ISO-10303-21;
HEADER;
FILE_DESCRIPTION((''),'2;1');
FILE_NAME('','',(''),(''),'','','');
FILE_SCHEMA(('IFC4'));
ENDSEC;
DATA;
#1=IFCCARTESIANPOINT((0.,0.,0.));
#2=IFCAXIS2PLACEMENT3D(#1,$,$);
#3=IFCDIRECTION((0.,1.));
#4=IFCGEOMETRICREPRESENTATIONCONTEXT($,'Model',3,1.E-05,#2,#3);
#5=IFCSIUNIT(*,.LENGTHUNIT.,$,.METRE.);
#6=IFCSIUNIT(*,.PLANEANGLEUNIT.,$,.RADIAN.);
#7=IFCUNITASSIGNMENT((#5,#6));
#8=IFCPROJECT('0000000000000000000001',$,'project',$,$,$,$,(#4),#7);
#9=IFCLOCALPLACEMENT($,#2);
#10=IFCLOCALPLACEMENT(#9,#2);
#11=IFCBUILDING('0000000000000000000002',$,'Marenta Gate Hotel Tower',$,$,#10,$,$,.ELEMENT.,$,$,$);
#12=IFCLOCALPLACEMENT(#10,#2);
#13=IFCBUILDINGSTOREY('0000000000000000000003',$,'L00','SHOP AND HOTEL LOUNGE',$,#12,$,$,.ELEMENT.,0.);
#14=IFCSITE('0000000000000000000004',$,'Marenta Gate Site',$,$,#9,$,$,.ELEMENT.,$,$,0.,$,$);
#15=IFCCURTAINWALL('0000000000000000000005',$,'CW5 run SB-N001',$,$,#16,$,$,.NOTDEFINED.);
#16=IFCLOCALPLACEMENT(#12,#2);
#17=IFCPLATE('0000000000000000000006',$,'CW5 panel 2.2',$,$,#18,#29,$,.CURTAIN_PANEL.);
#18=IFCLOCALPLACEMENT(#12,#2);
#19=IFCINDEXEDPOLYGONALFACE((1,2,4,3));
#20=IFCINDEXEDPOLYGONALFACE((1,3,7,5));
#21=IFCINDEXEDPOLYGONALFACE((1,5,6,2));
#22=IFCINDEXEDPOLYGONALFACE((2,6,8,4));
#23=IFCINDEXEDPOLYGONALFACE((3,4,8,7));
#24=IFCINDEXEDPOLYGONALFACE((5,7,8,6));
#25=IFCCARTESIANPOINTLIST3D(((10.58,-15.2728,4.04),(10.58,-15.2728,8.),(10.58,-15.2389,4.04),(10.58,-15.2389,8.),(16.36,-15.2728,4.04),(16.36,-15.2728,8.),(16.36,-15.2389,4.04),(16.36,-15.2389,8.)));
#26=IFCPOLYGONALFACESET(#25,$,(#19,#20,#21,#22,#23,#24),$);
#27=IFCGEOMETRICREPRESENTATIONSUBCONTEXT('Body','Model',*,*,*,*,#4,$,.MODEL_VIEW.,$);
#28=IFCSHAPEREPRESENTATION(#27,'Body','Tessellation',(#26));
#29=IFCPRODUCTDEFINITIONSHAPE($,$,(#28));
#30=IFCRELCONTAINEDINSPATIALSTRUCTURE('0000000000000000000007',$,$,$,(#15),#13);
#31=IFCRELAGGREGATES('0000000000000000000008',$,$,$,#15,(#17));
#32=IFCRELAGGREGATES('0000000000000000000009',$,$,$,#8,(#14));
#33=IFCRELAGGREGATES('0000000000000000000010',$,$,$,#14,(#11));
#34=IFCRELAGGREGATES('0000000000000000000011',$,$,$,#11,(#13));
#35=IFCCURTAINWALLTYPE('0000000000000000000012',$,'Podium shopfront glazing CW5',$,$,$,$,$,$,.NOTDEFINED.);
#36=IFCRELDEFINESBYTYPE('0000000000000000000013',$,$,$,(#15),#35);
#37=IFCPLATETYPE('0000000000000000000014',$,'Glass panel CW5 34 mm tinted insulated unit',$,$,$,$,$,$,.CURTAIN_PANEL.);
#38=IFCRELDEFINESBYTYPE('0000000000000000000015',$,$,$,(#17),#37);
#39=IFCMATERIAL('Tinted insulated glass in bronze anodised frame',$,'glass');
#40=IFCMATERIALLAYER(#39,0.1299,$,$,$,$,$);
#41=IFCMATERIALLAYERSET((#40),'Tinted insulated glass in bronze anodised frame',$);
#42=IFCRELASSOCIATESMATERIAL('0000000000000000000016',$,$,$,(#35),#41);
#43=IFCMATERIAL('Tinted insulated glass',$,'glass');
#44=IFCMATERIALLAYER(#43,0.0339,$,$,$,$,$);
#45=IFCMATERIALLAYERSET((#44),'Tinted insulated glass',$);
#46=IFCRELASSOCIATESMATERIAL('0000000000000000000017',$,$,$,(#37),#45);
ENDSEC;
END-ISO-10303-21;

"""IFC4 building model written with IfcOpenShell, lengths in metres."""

from ifc_helpers import new_model, si_unit, direction, frame, origin, origin_2d, place, context, subcontext, project, spatial, rectangle, extrude, material, layer, layer_set, type_object, element, aggregate, save


model = new_model("IFC4")

# Units and contexts
model_context = context("Model", 3, precision=1e-05, world=origin(), true_north=direction((0.0, 1.0)))
body_context = subcontext(model_context, "Body", "Model", "MODEL_VIEW")
ifc_project = project(units=[si_unit("LENGTHUNIT", "METRE"), si_unit("PLANEANGLEUNIT", "RADIAN")], contexts=[model_context])

# Site, building, storey
site_placement = place(None, origin())
site = spatial("IfcSite", under=ifc_project, at=site_placement, Name="Marenta Gate Site", CompositionType="ELEMENT", RefElevation=0.0)
building_placement = place(site_placement, origin())
building = spatial("IfcBuilding", under=site, at=building_placement, Name="Marenta Gate Hotel Tower", CompositionType="ELEMENT")
storey_placement = place(building_placement, origin())
storey = spatial("IfcBuildingStorey", under=building, at=storey_placement, Name="L00", Description="SHOP AND HOTEL LOUNGE", CompositionType="ELEMENT", Elevation=0.0)

# Curtain wall
ifc_material_1 = material(Name="Tinted insulated glass in bronze anodised frame", Category="glass")
ifc_layer_1 = layer(ifc_material_1, 0.1299)
ifc_layer_set_1 = layer_set([ifc_layer_1], Name="Tinted insulated glass in bronze anodised frame")
curtain_wall_type_1 = type_object("IfcCurtainWallType", Name="Podium shopfront glazing CW5", PredefinedType="NOTDEFINED", material=ifc_layer_set_1)
curtain_wall_1_placement = place(storey_placement, origin())
curtain_wall_1 = element("IfcCurtainWall", 1, at=curtain_wall_1_placement, inside=storey, type_object=curtain_wall_type_1, Name="CW5 run SB-N001", PredefinedType="NOTDEFINED")

# Plate
ifc_material_2 = material(Name="Tinted insulated glass", Category="glass")
ifc_layer_2 = layer(ifc_material_2, 0.0339)
ifc_layer_set_2 = layer_set([ifc_layer_2], Name="Tinted insulated glass")
plate_type = type_object("IfcPlateType", Name="Glass panel CW5 34 mm tinted insulated unit", PredefinedType="CURTAIN_PANEL", material=ifc_layer_set_2)
plate_1_placement = place(storey_placement, frame((13.47, -15.2559, 4.04), z_axis=(0.0, 0.0, 1.0), x_axis=(-1.0, 0.0, 0.0)))
plate_1 = element("IfcPlate", 2, at=plate_1_placement, type_object=plate_type, Name="CW5 panel 2.2", PredefinedType="CURTAIN_PANEL", context=body_context, shape_type="SweptSolid", body=[
    extrude(rectangle(XDim=5.78, YDim=0.0339, at=origin_2d()), origin(), (0.0, 0.0, 1.0), 3.96),
])
aggregate(curtain_wall_1, [plate_1])

save(model, "model.ifc")
